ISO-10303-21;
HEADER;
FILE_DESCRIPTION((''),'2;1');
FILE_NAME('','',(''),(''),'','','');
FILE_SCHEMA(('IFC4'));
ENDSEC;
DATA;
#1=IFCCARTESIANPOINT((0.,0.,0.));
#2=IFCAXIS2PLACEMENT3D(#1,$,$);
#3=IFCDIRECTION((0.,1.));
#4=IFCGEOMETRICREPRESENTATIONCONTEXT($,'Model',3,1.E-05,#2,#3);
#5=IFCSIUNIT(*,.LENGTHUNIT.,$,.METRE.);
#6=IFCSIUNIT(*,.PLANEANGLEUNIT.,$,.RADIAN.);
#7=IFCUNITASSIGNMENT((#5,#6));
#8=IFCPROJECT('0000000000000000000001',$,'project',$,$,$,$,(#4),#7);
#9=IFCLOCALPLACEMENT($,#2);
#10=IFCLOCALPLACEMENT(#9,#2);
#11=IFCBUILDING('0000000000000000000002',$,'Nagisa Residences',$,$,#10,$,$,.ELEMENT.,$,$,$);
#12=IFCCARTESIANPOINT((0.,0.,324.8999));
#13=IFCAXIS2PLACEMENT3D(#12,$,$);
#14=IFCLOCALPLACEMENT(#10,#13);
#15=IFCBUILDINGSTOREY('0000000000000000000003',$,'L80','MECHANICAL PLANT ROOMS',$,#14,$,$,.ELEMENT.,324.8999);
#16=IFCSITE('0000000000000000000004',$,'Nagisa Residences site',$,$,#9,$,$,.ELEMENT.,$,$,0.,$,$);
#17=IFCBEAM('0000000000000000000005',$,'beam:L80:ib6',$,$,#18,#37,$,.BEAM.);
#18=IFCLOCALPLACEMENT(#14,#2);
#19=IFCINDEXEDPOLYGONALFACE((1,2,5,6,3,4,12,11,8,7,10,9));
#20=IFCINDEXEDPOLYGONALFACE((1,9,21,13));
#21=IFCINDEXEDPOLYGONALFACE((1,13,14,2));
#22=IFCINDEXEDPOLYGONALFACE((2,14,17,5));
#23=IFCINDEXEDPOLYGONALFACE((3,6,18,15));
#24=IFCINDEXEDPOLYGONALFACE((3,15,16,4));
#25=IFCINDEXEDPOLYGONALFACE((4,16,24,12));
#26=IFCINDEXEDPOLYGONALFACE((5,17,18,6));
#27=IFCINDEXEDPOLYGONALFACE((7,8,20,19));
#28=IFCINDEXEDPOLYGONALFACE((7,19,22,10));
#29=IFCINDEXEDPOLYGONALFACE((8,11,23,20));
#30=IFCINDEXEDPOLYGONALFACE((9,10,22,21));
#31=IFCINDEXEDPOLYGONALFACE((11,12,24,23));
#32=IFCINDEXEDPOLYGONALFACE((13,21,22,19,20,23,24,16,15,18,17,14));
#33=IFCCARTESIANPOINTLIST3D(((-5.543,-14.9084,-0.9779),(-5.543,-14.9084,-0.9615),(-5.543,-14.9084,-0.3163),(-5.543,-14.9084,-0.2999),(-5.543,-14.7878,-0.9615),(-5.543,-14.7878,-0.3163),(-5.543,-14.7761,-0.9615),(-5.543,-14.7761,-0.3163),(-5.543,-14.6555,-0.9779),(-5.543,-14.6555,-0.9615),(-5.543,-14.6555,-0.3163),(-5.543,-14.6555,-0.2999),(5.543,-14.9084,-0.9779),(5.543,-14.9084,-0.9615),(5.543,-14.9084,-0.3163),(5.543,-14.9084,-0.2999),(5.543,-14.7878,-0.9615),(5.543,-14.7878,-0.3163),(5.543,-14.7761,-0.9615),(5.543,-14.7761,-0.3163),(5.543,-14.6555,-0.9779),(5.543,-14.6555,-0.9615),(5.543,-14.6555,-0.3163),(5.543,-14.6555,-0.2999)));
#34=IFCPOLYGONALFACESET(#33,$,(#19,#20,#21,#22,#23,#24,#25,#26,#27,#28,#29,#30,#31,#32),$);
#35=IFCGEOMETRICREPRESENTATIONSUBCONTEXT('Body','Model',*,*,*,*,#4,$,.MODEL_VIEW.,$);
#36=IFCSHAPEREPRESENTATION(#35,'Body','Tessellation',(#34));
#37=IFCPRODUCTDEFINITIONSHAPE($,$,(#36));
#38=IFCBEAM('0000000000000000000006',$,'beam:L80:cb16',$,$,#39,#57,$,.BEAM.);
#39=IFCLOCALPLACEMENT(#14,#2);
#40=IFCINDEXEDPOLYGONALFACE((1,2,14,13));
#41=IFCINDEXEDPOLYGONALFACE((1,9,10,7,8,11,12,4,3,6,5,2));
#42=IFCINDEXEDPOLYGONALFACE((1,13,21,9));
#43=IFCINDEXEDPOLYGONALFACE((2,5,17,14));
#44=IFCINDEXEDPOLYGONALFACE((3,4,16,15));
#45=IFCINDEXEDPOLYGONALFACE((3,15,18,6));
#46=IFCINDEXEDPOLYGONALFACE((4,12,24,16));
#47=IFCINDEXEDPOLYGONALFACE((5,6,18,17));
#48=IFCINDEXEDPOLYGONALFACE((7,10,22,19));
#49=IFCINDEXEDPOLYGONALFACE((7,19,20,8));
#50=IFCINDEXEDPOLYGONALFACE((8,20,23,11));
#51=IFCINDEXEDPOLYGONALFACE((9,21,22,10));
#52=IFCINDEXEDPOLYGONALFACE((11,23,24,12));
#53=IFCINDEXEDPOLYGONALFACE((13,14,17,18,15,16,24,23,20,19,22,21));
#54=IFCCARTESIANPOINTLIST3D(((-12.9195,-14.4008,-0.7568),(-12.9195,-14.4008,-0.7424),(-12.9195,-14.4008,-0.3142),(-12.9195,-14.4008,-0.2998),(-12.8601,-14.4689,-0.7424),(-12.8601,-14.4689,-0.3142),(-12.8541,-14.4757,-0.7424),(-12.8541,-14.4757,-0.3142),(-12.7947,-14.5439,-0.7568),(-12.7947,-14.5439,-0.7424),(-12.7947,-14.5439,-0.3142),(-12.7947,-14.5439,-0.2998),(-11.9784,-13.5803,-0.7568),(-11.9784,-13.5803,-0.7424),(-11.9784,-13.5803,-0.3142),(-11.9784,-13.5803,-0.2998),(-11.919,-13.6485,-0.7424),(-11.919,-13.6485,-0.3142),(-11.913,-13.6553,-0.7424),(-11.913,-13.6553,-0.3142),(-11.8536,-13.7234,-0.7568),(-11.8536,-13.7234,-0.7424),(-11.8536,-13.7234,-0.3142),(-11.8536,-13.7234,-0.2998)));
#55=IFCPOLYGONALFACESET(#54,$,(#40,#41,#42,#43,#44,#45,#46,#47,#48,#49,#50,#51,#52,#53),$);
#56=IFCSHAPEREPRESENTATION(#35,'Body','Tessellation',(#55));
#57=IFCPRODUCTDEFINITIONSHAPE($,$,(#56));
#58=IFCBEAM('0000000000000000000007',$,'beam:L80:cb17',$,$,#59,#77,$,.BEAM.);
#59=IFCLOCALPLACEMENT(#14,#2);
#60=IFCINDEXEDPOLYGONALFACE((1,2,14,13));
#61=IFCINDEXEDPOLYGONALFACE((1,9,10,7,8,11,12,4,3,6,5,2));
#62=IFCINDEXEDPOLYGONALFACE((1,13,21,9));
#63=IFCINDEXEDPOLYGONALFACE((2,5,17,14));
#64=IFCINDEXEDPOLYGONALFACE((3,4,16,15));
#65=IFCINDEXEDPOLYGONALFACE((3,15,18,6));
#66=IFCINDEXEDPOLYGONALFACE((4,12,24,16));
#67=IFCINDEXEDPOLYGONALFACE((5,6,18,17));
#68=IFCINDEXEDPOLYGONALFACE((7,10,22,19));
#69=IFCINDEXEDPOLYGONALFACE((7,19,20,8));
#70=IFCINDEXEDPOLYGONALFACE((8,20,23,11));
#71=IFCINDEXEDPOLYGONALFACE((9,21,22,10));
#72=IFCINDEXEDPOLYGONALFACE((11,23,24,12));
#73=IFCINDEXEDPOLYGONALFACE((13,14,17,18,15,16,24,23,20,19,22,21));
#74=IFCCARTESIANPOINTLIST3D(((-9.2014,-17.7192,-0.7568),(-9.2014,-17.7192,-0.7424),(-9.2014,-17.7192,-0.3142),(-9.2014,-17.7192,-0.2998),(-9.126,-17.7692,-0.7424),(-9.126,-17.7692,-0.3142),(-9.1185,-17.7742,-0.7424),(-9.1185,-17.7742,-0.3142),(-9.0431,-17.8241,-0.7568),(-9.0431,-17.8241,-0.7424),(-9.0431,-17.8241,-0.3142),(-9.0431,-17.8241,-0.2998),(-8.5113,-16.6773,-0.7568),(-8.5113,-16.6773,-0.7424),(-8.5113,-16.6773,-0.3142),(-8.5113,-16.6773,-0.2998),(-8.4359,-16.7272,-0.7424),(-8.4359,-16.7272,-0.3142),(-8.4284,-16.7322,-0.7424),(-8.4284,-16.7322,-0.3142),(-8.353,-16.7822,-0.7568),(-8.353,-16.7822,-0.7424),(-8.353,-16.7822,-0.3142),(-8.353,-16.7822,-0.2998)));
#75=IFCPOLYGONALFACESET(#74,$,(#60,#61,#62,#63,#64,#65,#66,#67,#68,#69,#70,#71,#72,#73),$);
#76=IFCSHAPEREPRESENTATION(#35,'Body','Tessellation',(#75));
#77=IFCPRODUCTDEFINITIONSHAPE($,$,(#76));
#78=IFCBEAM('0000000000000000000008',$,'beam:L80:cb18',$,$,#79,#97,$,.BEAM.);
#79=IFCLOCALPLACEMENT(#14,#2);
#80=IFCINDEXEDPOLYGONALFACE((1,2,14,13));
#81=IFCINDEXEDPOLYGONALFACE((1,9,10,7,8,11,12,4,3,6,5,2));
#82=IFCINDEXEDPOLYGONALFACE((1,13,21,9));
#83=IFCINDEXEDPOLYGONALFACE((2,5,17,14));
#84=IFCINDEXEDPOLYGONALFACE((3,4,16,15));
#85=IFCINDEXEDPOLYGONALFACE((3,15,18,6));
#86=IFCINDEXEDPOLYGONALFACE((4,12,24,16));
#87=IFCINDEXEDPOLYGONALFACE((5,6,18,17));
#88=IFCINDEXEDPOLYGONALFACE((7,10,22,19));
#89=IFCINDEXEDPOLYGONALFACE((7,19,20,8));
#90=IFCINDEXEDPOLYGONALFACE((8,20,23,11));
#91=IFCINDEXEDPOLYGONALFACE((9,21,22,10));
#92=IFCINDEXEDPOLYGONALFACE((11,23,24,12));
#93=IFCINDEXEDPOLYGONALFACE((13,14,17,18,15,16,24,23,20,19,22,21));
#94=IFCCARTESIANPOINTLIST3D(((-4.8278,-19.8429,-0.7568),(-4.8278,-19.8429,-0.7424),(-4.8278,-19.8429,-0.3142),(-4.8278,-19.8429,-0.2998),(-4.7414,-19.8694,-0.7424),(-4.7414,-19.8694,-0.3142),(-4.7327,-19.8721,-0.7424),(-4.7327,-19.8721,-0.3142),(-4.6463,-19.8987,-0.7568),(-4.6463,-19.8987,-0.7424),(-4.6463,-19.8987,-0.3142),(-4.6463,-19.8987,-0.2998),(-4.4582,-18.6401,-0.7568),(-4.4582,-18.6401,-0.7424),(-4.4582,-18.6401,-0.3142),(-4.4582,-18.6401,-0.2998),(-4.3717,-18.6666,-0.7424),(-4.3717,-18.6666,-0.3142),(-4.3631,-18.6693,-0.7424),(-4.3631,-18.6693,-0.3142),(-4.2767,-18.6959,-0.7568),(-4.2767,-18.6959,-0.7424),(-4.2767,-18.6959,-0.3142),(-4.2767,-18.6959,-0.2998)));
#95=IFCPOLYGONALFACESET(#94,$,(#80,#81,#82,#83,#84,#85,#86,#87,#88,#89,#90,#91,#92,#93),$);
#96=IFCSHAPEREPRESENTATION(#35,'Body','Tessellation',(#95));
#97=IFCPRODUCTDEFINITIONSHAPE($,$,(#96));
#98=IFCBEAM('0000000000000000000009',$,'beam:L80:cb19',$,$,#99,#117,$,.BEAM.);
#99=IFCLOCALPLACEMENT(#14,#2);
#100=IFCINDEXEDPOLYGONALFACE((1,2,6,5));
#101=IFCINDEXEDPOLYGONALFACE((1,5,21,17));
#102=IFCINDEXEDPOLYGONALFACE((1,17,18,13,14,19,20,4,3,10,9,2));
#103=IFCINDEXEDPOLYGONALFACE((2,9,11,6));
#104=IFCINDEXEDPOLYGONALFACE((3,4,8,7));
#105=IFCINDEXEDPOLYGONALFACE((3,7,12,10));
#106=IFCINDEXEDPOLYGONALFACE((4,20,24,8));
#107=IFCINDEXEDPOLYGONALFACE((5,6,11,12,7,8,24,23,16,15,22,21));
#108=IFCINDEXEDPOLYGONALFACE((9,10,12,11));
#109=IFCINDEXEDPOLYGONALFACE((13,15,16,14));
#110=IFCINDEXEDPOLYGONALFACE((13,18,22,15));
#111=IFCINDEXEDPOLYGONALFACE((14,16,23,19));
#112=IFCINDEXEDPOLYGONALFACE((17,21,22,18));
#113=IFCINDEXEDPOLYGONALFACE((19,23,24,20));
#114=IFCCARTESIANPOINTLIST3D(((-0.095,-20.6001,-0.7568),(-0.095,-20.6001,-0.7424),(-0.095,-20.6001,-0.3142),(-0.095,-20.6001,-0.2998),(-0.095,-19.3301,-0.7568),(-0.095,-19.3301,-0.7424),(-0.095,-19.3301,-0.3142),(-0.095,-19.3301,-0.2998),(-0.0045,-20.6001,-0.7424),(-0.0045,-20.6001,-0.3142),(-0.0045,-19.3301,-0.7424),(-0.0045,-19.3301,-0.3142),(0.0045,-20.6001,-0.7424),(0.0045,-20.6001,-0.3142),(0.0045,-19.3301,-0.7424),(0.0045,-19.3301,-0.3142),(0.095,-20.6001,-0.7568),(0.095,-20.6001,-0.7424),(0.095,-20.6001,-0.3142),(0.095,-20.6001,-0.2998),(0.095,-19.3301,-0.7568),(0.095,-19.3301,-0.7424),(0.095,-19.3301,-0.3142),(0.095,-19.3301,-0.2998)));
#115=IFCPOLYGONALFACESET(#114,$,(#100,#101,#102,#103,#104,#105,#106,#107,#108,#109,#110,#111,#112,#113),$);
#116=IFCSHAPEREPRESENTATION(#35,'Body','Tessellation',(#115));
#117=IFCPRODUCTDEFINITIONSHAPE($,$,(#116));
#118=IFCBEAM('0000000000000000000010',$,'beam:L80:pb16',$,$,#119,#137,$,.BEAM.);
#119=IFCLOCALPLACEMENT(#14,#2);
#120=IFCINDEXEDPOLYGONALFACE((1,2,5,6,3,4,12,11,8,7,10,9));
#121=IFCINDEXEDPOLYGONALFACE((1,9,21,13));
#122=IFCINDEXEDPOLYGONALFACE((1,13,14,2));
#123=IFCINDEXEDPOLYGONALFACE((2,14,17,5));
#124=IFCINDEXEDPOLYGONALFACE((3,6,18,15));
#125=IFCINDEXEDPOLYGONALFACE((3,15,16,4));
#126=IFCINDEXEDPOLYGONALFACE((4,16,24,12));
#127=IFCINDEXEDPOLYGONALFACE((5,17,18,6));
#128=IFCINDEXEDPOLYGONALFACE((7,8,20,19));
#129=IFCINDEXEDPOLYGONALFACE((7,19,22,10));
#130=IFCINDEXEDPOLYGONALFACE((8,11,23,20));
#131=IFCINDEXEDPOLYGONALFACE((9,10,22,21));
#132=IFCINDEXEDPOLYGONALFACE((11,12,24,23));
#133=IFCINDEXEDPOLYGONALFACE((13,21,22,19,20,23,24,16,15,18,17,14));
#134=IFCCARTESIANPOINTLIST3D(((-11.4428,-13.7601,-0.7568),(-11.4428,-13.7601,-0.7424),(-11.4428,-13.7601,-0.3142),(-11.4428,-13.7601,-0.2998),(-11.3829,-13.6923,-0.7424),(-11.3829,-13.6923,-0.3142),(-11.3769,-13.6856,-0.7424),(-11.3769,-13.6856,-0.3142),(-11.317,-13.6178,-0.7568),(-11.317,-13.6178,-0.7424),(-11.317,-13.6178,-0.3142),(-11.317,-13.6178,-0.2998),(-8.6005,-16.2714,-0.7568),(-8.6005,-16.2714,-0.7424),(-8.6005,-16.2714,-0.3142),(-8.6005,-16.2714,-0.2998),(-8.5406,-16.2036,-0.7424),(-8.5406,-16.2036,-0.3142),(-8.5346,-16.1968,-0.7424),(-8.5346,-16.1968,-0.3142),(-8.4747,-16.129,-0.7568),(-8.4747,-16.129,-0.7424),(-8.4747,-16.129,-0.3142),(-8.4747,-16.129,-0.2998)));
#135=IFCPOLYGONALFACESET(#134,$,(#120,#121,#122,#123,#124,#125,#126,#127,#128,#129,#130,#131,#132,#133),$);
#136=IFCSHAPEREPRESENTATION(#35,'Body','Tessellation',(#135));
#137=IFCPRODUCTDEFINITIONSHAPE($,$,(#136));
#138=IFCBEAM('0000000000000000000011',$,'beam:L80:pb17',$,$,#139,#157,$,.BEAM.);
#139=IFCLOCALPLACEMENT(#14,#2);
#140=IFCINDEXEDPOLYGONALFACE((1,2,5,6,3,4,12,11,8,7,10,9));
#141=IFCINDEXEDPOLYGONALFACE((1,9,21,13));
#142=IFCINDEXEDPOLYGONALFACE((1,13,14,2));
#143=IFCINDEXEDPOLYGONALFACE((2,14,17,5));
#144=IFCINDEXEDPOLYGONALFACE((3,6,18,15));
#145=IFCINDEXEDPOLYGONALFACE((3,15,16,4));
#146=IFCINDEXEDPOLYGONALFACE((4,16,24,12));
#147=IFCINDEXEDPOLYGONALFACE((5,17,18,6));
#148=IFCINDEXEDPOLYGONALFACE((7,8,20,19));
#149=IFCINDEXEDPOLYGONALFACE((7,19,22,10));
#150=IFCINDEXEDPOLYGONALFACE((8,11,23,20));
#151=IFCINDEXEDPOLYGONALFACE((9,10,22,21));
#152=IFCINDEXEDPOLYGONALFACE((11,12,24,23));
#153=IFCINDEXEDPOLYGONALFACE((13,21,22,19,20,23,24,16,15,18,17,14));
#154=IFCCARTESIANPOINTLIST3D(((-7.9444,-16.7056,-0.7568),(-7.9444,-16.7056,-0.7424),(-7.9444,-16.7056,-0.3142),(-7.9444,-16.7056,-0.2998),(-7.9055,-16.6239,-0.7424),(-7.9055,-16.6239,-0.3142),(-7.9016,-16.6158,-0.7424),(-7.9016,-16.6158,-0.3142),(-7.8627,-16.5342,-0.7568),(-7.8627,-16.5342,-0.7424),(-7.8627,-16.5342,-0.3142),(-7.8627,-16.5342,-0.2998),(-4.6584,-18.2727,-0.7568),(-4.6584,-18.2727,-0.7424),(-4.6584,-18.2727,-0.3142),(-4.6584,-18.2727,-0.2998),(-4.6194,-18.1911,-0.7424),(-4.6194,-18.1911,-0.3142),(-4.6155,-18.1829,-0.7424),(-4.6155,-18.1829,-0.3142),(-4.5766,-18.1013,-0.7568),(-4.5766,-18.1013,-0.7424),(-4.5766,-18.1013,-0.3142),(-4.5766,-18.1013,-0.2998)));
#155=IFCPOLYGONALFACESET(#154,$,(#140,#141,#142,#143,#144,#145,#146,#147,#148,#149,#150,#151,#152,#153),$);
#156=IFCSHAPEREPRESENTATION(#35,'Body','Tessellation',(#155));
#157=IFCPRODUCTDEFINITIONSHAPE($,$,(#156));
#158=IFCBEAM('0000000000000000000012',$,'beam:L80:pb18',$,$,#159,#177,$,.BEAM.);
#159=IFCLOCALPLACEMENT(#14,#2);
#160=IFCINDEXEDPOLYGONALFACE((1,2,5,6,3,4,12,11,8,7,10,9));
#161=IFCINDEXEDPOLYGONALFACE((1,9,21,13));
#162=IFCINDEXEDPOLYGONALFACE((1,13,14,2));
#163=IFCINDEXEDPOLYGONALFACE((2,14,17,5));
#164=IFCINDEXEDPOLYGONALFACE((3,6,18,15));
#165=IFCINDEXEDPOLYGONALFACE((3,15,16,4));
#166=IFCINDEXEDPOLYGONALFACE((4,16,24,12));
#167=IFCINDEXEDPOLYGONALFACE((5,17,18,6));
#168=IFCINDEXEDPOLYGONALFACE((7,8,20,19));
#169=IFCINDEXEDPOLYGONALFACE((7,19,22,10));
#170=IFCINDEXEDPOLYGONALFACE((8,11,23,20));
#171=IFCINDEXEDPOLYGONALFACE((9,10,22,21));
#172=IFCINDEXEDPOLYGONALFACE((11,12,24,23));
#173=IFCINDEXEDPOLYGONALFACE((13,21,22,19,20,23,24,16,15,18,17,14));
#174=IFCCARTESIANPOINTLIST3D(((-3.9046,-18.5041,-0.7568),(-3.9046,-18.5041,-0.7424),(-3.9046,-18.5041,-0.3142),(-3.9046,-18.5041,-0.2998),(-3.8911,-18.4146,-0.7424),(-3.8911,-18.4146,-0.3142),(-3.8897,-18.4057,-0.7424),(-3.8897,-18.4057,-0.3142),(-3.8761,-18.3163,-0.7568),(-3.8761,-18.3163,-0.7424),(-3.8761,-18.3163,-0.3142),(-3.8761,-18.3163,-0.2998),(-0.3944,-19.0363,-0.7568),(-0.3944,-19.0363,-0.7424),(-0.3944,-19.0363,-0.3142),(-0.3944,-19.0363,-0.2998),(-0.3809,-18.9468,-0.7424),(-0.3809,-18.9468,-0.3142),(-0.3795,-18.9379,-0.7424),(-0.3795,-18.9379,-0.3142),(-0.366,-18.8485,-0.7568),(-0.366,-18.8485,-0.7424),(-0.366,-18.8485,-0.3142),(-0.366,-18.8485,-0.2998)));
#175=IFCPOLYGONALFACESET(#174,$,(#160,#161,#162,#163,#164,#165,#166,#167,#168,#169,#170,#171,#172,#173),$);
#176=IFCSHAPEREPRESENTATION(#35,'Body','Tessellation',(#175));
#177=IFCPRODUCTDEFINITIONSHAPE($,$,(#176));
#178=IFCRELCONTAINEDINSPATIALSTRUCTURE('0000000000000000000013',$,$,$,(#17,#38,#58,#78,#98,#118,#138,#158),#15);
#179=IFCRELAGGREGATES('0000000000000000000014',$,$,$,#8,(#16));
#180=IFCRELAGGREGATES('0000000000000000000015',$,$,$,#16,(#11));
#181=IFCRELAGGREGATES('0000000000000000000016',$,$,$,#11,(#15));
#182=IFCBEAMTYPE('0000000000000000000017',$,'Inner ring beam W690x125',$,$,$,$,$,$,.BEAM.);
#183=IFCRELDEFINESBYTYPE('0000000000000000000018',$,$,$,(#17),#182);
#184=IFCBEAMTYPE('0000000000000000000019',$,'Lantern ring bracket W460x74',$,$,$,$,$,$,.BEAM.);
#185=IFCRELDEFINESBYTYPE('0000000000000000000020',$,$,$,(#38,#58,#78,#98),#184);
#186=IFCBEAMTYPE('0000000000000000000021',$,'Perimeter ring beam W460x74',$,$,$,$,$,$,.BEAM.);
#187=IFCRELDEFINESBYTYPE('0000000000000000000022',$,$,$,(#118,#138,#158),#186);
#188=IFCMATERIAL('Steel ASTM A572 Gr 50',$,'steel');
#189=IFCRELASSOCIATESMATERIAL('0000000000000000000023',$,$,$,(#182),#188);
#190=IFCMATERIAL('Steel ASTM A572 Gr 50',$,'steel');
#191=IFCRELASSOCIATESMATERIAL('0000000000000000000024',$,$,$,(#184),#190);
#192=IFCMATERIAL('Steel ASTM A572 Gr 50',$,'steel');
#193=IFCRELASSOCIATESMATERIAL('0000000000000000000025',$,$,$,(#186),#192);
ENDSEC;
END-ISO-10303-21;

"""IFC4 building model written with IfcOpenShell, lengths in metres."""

from ifc_helpers import new_model, si_unit, direction, frame, origin, origin_2d, place, context, subcontext, project, spatial, i_section, extrude, material, material_profile, profile_set, type_object, element, save


model = new_model("IFC4")

# Units and contexts
model_context = context("Model", 3, precision=1e-05, world=origin(), true_north=direction((0.0, 1.0)))
body_context = subcontext(model_context, "Body", "Model", "MODEL_VIEW")
ifc_project = project(units=[si_unit("LENGTHUNIT", "METRE"), si_unit("PLANEANGLEUNIT", "RADIAN")], contexts=[model_context])

# Site, building, storey
site_placement = place(None, origin())
site = spatial("IfcSite", under=ifc_project, at=site_placement, Name="Nagisa Residences site", CompositionType="ELEMENT", RefElevation=0.0)
building_placement = place(site_placement, origin())
building = spatial("IfcBuilding", under=site, at=building_placement, Name="Nagisa Residences", CompositionType="ELEMENT")
storey_placement = place(building_placement, frame((0.0, 0.0, 324.8999)))
storey = spatial("IfcBuildingStorey", under=building, at=storey_placement, Name="L80", Description="MECHANICAL PLANT ROOMS", CompositionType="ELEMENT", Elevation=324.8999)

# Beams
ifc_material_1 = material(Name="Steel ASTM A572 Gr 50", Category="steel")
ifc_material_profile_1 = material_profile(ifc_material_1, i_section(OverallWidth=0.2529, OverallDepth=0.678, WebThickness=0.0117, FlangeThickness=0.0164, at=origin_2d()), Name="W690x125")
ifc_profile_set_1 = profile_set([ifc_material_profile_1], Name="Steel ASTM A572 Gr 50")
beam_type_1 = type_object("IfcBeamType", Name="Inner ring beam W690x125", PredefinedType="BEAM", material=ifc_profile_set_1)
beam_1_placement = place(storey_placement, frame((-5.543, -14.782, -0.6389), z_axis=(1.0, 0.0, 0.0), x_axis=(0.0, 1.0, 0.0)))
element("IfcBeam", 1, at=beam_1_placement, inside=storey, type_object=beam_type_1, Name="beam:L80:ib6", PredefinedType="BEAM", context=body_context, shape_type="SweptSolid", body=[
    extrude(i_section(OverallWidth=0.2529, OverallDepth=0.678, WebThickness=0.0117, FlangeThickness=0.0164, at=origin_2d()), origin(), (0.0, 0.0, 1.0), 11.0859),
])
ifc_material_2 = material(Name="Steel ASTM A572 Gr 50", Category="steel")
ifc_material_profile_2 = material_profile(ifc_material_2, i_section(OverallWidth=0.1899, OverallDepth=0.457, WebThickness=0.009, FlangeThickness=0.0144, at=origin_2d()), Name="W460x74")
ifc_profile_set_2 = profile_set([ifc_material_profile_2], Name="Steel ASTM A572 Gr 50")
beam_type_2 = type_object("IfcBeamType", Name="Lantern ring bracket W460x74", PredefinedType="BEAM", material=ifc_profile_set_2)
beam_2_placement = place(storey_placement, frame((-11.916, -13.6519, -0.5283), z_axis=(-0.75375, -0.657161, 0.0), x_axis=(0.657161, -0.75375, 0.0)))
element("IfcBeam", 2, at=beam_2_placement, inside=storey, type_object=beam_type_2, Name="beam:L80:cb16", PredefinedType="BEAM", context=body_context, shape_type="SweptSolid", body=[
    extrude(i_section(OverallWidth=0.1899, OverallDepth=0.457, WebThickness=0.009, FlangeThickness=0.0144, at=origin_2d()), origin(), (0.0, 0.0, 1.0), 1.2485),
])
beam_3_placement = place(storey_placement, frame((-8.4321, -16.7297, -0.5283), z_axis=(-0.552218, -0.833699, 0.0), x_axis=(0.833699, -0.552218, 0.0)))
element("IfcBeam", 3, at=beam_3_placement, inside=storey, type_object=beam_type_2, Name="beam:L80:cb17", PredefinedType="BEAM", context=body_context, shape_type="SweptSolid", body=[
    extrude(i_section(OverallWidth=0.1899, OverallDepth=0.457, WebThickness=0.009, FlangeThickness=0.0144, at=origin_2d()), origin(), (0.0, 0.0, 1.0), 1.2498),
])
beam_4_placement = place(storey_placement, frame((-4.3674, -18.668, -0.5283), z_axis=(-0.293731, -0.955888, 0.0), x_axis=(0.955888, -0.293731, 0.0)))
element("IfcBeam", 4, at=beam_4_placement, inside=storey, type_object=beam_type_2, Name="beam:L80:cb18", PredefinedType="BEAM", context=body_context, shape_type="SweptSolid", body=[
    extrude(i_section(OverallWidth=0.1899, OverallDepth=0.457, WebThickness=0.009, FlangeThickness=0.0144, at=origin_2d()), origin(), (0.0, 0.0, 1.0), 1.2583),
])
beam_5_placement = place(storey_placement, frame((0.0, -19.3301, -0.5283), z_axis=(0.0, -1.0, 0.0), x_axis=(1.0, 0.0, 0.0)))
element("IfcBeam", 5, at=beam_5_placement, inside=storey, type_object=beam_type_2, Name="beam:L80:cb19", PredefinedType="BEAM", context=body_context, shape_type="SweptSolid", body=[
    extrude(i_section(OverallWidth=0.1899, OverallDepth=0.457, WebThickness=0.009, FlangeThickness=0.0144, at=origin_2d()), origin(), (0.0, 0.0, 1.0), 1.27),
])
ifc_material_3 = material(Name="Steel ASTM A572 Gr 50", Category="steel")
ifc_material_profile_3 = material_profile(ifc_material_3, i_section(OverallWidth=0.1899, OverallDepth=0.457, WebThickness=0.009, FlangeThickness=0.0144, at=origin_2d()), Name="W460x74")
ifc_profile_set_3 = profile_set([ifc_material_profile_3], Name="Steel ASTM A572 Gr 50")
beam_type_3 = type_object("IfcBeamType", Name="Perimeter ring beam W460x74", PredefinedType="BEAM", material=ifc_profile_set_3)
beam_6_placement = place(storey_placement, frame((-11.3799, -13.689, -0.5283), z_axis=(0.749402, -0.662115, 0.0), x_axis=(0.662115, 0.749402, 0.0)))
element("IfcBeam", 6, at=beam_6_placement, inside=storey, type_object=beam_type_3, Name="beam:L80:pb16", PredefinedType="BEAM", context=body_context, shape_type="SweptSolid", body=[
    extrude(i_section(OverallWidth=0.1899, OverallDepth=0.457, WebThickness=0.009, FlangeThickness=0.0144, at=origin_2d()), origin(), (0.0, 0.0, 1.0), 3.7927),
])
beam_7_placement = place(storey_placement, frame((-7.9036, -16.6199, -0.5283), z_axis=(0.902614, -0.430452, 0.0), x_axis=(0.430452, 0.902614, 0.0)))
element("IfcBeam", 7, at=beam_7_placement, inside=storey, type_object=beam_type_3, Name="beam:L80:pb17", PredefinedType="BEAM", context=body_context, shape_type="SweptSolid", body=[
    extrude(i_section(OverallWidth=0.1899, OverallDepth=0.457, WebThickness=0.009, FlangeThickness=0.0144, at=origin_2d()), origin(), (0.0, 0.0, 1.0), 3.6406),
])
beam_8_placement = place(storey_placement, frame((-3.8904, -18.4102, -0.5283), z_axis=(0.9887, -0.149907, 0.0), x_axis=(0.149907, 0.9887, 0.0)))
element("IfcBeam", 8, at=beam_8_placement, inside=storey, type_object=beam_type_3, Name="beam:L80:pb18", PredefinedType="BEAM", context=body_context, shape_type="SweptSolid", body=[
    extrude(i_section(OverallWidth=0.1899, OverallDepth=0.457, WebThickness=0.009, FlangeThickness=0.0144, at=origin_2d()), origin(), (0.0, 0.0, 1.0), 3.5503),
])

save(model, "model.ifc")
